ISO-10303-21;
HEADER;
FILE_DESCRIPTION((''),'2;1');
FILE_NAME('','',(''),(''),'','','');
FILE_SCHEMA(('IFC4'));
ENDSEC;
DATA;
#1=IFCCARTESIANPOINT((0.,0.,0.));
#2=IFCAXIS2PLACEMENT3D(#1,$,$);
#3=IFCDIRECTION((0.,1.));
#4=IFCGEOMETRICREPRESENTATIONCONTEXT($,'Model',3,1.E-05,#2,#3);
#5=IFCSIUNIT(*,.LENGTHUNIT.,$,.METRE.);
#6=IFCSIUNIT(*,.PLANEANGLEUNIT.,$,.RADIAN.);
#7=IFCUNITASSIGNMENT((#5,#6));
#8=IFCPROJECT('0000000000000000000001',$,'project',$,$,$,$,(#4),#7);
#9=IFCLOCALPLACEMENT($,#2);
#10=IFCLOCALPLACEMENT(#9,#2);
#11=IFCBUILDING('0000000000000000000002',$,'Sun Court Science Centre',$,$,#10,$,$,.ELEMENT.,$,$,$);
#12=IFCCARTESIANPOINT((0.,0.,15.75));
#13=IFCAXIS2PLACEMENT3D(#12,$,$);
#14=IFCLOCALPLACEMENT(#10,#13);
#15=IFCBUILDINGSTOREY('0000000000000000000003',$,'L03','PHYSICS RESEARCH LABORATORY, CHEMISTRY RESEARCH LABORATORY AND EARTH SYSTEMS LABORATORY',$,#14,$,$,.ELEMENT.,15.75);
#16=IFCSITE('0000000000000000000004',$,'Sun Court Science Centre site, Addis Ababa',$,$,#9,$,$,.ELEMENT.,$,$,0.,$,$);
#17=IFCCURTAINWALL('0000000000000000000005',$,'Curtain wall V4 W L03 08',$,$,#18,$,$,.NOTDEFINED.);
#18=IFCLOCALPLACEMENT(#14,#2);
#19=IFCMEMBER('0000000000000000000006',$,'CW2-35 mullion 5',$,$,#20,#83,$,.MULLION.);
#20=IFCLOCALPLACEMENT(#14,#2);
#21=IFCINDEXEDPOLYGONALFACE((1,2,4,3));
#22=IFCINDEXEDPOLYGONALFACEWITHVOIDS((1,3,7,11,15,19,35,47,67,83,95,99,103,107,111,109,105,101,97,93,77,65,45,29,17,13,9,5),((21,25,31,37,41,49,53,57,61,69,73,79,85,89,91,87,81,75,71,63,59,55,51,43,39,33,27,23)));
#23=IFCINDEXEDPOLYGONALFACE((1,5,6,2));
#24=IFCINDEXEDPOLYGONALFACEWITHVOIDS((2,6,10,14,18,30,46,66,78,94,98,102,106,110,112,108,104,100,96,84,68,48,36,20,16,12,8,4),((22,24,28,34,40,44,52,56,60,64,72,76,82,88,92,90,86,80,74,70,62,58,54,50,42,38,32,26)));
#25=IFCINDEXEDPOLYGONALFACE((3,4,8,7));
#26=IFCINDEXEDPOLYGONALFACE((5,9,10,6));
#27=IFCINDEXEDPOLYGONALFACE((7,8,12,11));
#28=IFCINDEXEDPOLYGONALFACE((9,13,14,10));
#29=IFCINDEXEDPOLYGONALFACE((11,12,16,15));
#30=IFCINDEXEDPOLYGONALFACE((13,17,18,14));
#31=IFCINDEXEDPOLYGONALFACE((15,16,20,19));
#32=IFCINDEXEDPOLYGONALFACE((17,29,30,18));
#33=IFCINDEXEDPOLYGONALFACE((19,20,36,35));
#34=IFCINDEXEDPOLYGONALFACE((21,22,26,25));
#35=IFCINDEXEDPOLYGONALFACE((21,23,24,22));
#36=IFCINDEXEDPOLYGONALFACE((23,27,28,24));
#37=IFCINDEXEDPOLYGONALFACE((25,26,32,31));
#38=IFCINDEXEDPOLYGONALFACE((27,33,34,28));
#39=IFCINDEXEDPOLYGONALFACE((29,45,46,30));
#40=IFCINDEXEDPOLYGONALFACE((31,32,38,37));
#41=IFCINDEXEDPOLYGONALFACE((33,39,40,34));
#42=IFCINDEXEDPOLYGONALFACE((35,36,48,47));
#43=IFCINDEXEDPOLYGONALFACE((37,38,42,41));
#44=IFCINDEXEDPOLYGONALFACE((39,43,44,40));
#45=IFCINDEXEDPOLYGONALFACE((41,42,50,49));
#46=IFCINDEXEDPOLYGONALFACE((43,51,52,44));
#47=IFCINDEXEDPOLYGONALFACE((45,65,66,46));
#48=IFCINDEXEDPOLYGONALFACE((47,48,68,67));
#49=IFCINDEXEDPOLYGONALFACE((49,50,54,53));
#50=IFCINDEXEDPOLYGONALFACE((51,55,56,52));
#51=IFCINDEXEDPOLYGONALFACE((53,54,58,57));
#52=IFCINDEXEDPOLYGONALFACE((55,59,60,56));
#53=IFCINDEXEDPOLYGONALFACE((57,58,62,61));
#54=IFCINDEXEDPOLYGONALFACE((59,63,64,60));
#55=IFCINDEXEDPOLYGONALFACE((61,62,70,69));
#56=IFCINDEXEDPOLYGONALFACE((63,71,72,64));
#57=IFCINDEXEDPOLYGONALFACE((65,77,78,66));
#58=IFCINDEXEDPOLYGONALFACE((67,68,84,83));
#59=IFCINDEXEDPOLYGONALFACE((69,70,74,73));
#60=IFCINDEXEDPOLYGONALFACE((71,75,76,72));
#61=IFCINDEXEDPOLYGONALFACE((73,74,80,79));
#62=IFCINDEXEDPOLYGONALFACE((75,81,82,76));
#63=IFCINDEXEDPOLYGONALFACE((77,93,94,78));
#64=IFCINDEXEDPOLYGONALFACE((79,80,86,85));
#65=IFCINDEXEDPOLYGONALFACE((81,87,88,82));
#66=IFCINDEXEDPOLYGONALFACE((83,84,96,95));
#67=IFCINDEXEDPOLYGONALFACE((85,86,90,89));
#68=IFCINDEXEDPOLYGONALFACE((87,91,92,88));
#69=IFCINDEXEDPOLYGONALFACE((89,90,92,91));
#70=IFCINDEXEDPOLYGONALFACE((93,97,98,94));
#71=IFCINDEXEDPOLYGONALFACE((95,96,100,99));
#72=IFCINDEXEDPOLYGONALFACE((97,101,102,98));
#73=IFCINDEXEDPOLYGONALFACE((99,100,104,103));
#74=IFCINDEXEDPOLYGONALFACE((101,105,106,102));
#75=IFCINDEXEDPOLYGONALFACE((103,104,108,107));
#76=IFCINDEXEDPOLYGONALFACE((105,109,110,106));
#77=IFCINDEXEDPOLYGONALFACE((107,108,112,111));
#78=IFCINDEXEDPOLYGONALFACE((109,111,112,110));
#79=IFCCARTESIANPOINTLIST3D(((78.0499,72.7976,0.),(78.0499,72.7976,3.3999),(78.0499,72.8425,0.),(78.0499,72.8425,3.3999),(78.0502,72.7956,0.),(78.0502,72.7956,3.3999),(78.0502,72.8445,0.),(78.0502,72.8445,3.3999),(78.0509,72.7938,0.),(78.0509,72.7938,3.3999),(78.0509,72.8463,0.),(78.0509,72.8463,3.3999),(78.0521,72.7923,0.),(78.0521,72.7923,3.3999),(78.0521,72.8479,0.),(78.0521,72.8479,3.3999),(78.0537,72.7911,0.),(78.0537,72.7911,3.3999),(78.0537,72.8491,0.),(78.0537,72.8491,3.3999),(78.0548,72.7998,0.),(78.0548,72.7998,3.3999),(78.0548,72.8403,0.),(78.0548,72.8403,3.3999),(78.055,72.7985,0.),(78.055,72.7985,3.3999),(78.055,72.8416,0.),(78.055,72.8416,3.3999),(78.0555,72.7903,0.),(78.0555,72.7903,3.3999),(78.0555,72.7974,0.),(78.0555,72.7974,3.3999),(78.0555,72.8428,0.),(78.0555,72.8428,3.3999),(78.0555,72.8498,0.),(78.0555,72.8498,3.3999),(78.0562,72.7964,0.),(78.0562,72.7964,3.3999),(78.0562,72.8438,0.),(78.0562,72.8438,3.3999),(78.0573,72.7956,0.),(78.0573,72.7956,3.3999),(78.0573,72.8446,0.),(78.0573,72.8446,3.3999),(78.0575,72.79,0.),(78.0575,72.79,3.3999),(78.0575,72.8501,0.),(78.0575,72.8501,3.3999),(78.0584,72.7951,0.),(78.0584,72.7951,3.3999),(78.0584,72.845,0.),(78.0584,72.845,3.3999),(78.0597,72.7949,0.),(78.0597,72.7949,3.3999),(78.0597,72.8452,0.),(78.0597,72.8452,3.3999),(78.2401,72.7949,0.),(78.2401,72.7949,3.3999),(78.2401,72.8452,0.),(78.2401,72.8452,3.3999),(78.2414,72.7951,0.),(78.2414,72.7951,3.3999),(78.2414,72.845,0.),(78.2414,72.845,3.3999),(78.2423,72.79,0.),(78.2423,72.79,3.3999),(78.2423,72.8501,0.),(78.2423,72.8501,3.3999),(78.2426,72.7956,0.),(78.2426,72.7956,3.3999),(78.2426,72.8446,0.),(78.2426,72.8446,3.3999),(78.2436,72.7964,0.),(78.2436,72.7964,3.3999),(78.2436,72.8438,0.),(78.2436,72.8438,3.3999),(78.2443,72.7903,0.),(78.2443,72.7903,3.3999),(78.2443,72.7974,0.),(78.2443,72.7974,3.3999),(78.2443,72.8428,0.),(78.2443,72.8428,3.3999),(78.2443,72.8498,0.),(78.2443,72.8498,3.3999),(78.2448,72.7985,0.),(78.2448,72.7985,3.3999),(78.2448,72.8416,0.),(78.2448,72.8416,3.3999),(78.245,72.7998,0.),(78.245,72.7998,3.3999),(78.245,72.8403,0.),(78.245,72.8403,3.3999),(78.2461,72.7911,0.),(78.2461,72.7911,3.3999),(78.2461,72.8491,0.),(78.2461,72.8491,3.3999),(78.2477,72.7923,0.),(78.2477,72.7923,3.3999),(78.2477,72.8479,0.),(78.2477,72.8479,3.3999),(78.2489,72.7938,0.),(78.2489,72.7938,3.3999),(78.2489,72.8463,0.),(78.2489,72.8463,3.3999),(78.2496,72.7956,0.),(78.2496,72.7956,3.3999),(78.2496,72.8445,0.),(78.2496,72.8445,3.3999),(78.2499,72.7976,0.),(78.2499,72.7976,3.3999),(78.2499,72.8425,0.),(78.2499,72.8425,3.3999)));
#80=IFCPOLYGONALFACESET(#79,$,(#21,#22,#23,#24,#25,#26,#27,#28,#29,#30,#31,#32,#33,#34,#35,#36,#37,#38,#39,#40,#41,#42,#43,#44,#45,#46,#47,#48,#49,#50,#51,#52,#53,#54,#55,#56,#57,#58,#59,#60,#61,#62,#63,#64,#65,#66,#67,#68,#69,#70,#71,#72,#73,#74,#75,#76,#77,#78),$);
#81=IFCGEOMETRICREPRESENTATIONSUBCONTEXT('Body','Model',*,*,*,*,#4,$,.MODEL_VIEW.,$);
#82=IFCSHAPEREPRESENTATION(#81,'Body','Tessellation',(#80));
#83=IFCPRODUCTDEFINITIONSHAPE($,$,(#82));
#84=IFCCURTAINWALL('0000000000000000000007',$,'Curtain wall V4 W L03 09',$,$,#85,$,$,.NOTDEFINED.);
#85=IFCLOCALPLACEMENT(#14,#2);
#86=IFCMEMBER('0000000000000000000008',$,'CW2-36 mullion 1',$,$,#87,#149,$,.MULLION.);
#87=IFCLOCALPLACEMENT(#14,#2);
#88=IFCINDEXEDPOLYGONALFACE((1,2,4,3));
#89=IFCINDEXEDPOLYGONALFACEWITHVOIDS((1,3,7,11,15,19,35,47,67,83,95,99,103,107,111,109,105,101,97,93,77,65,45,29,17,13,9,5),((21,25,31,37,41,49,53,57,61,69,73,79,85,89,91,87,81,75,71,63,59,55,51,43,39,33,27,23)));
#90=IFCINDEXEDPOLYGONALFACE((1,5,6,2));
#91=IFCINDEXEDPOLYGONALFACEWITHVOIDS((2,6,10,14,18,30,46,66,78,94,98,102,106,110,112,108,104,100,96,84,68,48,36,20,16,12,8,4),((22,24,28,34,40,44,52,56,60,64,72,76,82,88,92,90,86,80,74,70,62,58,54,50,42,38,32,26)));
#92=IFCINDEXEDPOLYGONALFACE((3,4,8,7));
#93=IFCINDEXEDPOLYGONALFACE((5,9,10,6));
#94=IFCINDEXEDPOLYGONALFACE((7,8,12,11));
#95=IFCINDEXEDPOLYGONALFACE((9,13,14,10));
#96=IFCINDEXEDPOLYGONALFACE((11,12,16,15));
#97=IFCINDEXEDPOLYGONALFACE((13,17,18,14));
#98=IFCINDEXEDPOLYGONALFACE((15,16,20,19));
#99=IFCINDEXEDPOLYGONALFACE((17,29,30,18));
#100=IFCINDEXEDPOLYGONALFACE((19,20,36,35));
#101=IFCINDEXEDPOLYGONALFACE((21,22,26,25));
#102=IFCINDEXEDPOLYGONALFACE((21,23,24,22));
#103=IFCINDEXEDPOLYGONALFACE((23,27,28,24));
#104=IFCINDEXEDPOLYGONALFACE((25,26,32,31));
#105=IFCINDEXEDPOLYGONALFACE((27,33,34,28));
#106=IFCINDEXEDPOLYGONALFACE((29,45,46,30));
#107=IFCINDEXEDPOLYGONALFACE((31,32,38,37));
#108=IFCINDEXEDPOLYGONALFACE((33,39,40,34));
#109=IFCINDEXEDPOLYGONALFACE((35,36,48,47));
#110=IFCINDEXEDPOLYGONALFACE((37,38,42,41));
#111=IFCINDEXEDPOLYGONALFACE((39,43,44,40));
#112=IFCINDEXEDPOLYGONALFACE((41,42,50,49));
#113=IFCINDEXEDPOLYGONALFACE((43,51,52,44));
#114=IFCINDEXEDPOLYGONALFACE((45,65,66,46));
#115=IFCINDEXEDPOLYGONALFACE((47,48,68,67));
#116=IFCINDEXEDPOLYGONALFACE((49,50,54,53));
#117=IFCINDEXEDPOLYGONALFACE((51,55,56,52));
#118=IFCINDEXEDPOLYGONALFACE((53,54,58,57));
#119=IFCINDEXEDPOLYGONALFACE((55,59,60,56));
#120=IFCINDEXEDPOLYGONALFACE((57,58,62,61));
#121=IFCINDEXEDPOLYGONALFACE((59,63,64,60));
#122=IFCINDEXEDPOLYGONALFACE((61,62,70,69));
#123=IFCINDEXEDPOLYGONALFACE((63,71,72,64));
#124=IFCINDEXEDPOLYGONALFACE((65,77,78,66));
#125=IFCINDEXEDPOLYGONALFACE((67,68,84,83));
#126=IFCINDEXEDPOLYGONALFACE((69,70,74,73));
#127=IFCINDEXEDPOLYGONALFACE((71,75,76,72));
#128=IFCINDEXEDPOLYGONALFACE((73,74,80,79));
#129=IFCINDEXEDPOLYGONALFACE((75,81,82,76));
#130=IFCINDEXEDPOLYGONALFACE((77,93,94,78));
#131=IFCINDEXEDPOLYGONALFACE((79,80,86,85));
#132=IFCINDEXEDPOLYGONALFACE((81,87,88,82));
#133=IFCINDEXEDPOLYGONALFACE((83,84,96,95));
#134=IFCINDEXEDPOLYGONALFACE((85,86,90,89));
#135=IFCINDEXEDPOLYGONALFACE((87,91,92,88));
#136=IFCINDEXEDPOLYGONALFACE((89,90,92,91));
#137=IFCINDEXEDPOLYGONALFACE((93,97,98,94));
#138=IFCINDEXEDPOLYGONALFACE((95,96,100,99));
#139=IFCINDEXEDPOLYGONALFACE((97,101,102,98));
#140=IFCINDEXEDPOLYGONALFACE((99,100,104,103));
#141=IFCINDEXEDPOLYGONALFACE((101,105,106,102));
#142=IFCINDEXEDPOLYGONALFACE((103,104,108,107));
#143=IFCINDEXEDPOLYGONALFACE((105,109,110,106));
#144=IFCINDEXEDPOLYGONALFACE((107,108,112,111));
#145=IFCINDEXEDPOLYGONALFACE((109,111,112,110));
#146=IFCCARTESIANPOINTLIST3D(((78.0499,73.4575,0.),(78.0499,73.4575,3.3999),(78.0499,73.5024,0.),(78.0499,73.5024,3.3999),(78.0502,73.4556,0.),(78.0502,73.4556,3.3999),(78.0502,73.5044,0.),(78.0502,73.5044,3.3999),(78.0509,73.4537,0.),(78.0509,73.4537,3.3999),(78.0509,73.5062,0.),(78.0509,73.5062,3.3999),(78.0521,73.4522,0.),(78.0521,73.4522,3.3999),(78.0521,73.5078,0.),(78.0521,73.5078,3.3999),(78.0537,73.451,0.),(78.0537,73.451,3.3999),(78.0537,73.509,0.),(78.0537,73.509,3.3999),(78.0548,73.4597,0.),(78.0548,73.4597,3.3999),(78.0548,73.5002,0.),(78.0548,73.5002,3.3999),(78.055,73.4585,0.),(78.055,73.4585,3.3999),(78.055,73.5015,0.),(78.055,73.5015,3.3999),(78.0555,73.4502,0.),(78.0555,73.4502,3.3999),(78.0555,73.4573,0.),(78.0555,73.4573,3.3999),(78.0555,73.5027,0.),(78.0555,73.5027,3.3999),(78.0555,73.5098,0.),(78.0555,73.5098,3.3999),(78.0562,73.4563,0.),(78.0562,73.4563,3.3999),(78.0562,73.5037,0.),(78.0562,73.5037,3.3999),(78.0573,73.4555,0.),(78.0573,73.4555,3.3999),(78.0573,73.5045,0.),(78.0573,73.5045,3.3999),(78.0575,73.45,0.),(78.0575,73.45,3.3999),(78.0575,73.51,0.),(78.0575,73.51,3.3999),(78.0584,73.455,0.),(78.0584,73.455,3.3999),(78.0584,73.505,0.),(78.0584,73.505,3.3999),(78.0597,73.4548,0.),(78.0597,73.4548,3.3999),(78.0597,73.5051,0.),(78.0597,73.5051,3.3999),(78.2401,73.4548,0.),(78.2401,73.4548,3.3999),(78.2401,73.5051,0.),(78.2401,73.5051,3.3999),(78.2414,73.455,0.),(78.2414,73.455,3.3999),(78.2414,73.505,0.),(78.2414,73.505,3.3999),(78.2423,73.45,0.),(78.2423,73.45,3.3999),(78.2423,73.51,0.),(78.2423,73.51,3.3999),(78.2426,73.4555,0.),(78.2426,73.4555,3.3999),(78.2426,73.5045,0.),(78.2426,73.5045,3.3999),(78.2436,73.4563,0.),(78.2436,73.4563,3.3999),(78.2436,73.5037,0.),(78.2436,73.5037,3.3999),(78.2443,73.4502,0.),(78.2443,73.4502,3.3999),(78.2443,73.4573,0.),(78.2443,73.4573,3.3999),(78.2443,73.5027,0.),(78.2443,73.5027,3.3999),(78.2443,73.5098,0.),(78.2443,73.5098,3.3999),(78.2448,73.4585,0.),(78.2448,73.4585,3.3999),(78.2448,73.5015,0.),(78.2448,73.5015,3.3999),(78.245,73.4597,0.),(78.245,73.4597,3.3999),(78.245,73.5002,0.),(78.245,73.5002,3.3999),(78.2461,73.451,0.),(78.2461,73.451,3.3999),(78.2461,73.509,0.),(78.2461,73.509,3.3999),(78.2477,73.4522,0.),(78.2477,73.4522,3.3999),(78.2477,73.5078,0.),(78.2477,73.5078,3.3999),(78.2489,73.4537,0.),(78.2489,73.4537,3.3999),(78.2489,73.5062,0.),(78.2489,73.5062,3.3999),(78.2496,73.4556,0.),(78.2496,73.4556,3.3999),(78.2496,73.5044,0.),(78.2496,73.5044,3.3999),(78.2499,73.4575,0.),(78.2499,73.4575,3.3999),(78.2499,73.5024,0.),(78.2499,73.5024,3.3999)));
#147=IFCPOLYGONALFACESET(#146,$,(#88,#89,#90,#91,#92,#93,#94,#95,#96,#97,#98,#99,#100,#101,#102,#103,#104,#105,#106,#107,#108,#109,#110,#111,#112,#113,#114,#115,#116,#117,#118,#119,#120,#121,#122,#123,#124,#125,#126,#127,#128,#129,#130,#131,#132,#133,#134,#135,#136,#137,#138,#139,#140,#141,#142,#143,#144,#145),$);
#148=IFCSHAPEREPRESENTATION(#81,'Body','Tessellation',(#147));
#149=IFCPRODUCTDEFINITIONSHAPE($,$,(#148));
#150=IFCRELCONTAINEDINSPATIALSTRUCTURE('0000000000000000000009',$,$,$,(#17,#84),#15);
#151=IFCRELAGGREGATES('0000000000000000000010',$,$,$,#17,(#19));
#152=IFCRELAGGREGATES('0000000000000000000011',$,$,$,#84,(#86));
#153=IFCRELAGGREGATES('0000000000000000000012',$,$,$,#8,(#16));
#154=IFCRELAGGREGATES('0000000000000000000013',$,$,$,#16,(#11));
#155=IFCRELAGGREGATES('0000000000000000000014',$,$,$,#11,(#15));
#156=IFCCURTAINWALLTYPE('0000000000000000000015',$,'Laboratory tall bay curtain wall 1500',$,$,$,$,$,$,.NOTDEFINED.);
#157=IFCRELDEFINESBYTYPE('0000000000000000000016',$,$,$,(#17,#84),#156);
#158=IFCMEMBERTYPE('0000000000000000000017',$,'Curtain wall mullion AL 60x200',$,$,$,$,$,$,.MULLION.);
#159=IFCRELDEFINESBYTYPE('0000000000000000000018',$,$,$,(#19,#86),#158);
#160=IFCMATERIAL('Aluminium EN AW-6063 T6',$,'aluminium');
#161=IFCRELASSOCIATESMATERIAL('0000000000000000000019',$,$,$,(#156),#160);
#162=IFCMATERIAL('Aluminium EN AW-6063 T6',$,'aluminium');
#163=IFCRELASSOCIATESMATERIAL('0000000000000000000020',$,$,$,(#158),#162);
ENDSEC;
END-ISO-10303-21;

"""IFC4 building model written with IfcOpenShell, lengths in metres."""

from ifc_helpers import new_model, si_unit, direction, frame, origin, origin_2d, place, context, subcontext, project, spatial, hollow_rectangle, extrude, material, material_profile, profile_set, type_object, element, aggregate, save


model = new_model("IFC4")

# Units and contexts
model_context = context("Model", 3, precision=1e-05, world=origin(), true_north=direction((0.0, 1.0)))
body_context = subcontext(model_context, "Body", "Model", "MODEL_VIEW")
ifc_project = project(units=[si_unit("LENGTHUNIT", "METRE"), si_unit("PLANEANGLEUNIT", "RADIAN")], contexts=[model_context])

# Site, building, storey
site_placement = place(None, origin())
site = spatial("IfcSite", under=ifc_project, at=site_placement, Name="Sun Court Science Centre site, Addis Ababa", CompositionType="ELEMENT", RefElevation=0.0)
building_placement = place(site_placement, origin())
building = spatial("IfcBuilding", under=site, at=building_placement, Name="Sun Court Science Centre", CompositionType="ELEMENT")
storey_placement = place(building_placement, frame((0.0, 0.0, 15.75)))
storey = spatial("IfcBuildingStorey", under=building, at=storey_placement, Name="L03", Description="PHYSICS RESEARCH LABORATORY, CHEMISTRY RESEARCH LABORATORY AND EARTH SYSTEMS LABORATORY", CompositionType="ELEMENT", Elevation=15.75)

# Curtain wall, member
ifc_material_1 = material(Name="Aluminium EN AW-6063 T6", Category="aluminium")
curtain_wall_type = type_object("IfcCurtainWallType", Name="Laboratory tall bay curtain wall 1500", PredefinedType="NOTDEFINED", material=ifc_material_1)
curtain_wall_1_placement = place(storey_placement, origin())
curtain_wall_1 = element("IfcCurtainWall", 1, at=curtain_wall_1_placement, inside=storey, type_object=curtain_wall_type, Name="Curtain wall V4 W L03 08", PredefinedType="NOTDEFINED")
ifc_material_2 = material(Name="Aluminium EN AW-6063 T6", Category="aluminium")
ifc_material_profile_1 = material_profile(ifc_material_2, hollow_rectangle(XDim=0.0601, YDim=0.2, WallThickness=0.0049, InnerFilletRadius=0.0049, OuterFilletRadius=0.0076, at=origin_2d()), Name="AL 60x200x5")
ifc_profile_set_1 = profile_set([ifc_material_profile_1], Name="Aluminium EN AW-6063 T6")
member_type_1 = type_object("IfcMemberType", Name="Curtain wall mullion AL 60x200", PredefinedType="MULLION", material=ifc_profile_set_1)
member_1_placement = place(storey_placement, frame((78.1499, 72.8201, 0.0), z_axis=(0.0, 0.0, 1.0), x_axis=(0.0, 1.0, 0.0)))
member_1 = element("IfcMember", 2, at=member_1_placement, type_object=member_type_1, Name="CW2-35 mullion 5", PredefinedType="MULLION", context=body_context, shape_type="SweptSolid", body=[
    extrude(hollow_rectangle(XDim=0.0601, YDim=0.2, WallThickness=0.0049, InnerFilletRadius=0.0049, OuterFilletRadius=0.0076, at=origin_2d()), origin(), (0.0, 0.0, 1.0), 3.3999),
])

# Curtain wall, member
curtain_wall_2_placement = place(storey_placement, origin())
curtain_wall_2 = element("IfcCurtainWall", 3, at=curtain_wall_2_placement, inside=storey, type_object=curtain_wall_type, Name="Curtain wall V4 W L03 09", PredefinedType="NOTDEFINED")
member_2_placement = place(storey_placement, frame((78.1499, 73.48, 0.0), z_axis=(0.0, 0.0, 1.0), x_axis=(0.0, 1.0, 0.0)))
member_2 = element("IfcMember", 4, at=member_2_placement, type_object=member_type_1, Name="CW2-36 mullion 1", PredefinedType="MULLION", context=body_context, shape_type="SweptSolid", body=[
    extrude(hollow_rectangle(XDim=0.0601, YDim=0.2, WallThickness=0.0049, InnerFilletRadius=0.0049, OuterFilletRadius=0.0076, at=origin_2d()), origin(), (0.0, 0.0, 1.0), 3.3999),
])

aggregate(curtain_wall_1, [member_1])
aggregate(curtain_wall_2, [member_2])

save(model, "model.ifc")
